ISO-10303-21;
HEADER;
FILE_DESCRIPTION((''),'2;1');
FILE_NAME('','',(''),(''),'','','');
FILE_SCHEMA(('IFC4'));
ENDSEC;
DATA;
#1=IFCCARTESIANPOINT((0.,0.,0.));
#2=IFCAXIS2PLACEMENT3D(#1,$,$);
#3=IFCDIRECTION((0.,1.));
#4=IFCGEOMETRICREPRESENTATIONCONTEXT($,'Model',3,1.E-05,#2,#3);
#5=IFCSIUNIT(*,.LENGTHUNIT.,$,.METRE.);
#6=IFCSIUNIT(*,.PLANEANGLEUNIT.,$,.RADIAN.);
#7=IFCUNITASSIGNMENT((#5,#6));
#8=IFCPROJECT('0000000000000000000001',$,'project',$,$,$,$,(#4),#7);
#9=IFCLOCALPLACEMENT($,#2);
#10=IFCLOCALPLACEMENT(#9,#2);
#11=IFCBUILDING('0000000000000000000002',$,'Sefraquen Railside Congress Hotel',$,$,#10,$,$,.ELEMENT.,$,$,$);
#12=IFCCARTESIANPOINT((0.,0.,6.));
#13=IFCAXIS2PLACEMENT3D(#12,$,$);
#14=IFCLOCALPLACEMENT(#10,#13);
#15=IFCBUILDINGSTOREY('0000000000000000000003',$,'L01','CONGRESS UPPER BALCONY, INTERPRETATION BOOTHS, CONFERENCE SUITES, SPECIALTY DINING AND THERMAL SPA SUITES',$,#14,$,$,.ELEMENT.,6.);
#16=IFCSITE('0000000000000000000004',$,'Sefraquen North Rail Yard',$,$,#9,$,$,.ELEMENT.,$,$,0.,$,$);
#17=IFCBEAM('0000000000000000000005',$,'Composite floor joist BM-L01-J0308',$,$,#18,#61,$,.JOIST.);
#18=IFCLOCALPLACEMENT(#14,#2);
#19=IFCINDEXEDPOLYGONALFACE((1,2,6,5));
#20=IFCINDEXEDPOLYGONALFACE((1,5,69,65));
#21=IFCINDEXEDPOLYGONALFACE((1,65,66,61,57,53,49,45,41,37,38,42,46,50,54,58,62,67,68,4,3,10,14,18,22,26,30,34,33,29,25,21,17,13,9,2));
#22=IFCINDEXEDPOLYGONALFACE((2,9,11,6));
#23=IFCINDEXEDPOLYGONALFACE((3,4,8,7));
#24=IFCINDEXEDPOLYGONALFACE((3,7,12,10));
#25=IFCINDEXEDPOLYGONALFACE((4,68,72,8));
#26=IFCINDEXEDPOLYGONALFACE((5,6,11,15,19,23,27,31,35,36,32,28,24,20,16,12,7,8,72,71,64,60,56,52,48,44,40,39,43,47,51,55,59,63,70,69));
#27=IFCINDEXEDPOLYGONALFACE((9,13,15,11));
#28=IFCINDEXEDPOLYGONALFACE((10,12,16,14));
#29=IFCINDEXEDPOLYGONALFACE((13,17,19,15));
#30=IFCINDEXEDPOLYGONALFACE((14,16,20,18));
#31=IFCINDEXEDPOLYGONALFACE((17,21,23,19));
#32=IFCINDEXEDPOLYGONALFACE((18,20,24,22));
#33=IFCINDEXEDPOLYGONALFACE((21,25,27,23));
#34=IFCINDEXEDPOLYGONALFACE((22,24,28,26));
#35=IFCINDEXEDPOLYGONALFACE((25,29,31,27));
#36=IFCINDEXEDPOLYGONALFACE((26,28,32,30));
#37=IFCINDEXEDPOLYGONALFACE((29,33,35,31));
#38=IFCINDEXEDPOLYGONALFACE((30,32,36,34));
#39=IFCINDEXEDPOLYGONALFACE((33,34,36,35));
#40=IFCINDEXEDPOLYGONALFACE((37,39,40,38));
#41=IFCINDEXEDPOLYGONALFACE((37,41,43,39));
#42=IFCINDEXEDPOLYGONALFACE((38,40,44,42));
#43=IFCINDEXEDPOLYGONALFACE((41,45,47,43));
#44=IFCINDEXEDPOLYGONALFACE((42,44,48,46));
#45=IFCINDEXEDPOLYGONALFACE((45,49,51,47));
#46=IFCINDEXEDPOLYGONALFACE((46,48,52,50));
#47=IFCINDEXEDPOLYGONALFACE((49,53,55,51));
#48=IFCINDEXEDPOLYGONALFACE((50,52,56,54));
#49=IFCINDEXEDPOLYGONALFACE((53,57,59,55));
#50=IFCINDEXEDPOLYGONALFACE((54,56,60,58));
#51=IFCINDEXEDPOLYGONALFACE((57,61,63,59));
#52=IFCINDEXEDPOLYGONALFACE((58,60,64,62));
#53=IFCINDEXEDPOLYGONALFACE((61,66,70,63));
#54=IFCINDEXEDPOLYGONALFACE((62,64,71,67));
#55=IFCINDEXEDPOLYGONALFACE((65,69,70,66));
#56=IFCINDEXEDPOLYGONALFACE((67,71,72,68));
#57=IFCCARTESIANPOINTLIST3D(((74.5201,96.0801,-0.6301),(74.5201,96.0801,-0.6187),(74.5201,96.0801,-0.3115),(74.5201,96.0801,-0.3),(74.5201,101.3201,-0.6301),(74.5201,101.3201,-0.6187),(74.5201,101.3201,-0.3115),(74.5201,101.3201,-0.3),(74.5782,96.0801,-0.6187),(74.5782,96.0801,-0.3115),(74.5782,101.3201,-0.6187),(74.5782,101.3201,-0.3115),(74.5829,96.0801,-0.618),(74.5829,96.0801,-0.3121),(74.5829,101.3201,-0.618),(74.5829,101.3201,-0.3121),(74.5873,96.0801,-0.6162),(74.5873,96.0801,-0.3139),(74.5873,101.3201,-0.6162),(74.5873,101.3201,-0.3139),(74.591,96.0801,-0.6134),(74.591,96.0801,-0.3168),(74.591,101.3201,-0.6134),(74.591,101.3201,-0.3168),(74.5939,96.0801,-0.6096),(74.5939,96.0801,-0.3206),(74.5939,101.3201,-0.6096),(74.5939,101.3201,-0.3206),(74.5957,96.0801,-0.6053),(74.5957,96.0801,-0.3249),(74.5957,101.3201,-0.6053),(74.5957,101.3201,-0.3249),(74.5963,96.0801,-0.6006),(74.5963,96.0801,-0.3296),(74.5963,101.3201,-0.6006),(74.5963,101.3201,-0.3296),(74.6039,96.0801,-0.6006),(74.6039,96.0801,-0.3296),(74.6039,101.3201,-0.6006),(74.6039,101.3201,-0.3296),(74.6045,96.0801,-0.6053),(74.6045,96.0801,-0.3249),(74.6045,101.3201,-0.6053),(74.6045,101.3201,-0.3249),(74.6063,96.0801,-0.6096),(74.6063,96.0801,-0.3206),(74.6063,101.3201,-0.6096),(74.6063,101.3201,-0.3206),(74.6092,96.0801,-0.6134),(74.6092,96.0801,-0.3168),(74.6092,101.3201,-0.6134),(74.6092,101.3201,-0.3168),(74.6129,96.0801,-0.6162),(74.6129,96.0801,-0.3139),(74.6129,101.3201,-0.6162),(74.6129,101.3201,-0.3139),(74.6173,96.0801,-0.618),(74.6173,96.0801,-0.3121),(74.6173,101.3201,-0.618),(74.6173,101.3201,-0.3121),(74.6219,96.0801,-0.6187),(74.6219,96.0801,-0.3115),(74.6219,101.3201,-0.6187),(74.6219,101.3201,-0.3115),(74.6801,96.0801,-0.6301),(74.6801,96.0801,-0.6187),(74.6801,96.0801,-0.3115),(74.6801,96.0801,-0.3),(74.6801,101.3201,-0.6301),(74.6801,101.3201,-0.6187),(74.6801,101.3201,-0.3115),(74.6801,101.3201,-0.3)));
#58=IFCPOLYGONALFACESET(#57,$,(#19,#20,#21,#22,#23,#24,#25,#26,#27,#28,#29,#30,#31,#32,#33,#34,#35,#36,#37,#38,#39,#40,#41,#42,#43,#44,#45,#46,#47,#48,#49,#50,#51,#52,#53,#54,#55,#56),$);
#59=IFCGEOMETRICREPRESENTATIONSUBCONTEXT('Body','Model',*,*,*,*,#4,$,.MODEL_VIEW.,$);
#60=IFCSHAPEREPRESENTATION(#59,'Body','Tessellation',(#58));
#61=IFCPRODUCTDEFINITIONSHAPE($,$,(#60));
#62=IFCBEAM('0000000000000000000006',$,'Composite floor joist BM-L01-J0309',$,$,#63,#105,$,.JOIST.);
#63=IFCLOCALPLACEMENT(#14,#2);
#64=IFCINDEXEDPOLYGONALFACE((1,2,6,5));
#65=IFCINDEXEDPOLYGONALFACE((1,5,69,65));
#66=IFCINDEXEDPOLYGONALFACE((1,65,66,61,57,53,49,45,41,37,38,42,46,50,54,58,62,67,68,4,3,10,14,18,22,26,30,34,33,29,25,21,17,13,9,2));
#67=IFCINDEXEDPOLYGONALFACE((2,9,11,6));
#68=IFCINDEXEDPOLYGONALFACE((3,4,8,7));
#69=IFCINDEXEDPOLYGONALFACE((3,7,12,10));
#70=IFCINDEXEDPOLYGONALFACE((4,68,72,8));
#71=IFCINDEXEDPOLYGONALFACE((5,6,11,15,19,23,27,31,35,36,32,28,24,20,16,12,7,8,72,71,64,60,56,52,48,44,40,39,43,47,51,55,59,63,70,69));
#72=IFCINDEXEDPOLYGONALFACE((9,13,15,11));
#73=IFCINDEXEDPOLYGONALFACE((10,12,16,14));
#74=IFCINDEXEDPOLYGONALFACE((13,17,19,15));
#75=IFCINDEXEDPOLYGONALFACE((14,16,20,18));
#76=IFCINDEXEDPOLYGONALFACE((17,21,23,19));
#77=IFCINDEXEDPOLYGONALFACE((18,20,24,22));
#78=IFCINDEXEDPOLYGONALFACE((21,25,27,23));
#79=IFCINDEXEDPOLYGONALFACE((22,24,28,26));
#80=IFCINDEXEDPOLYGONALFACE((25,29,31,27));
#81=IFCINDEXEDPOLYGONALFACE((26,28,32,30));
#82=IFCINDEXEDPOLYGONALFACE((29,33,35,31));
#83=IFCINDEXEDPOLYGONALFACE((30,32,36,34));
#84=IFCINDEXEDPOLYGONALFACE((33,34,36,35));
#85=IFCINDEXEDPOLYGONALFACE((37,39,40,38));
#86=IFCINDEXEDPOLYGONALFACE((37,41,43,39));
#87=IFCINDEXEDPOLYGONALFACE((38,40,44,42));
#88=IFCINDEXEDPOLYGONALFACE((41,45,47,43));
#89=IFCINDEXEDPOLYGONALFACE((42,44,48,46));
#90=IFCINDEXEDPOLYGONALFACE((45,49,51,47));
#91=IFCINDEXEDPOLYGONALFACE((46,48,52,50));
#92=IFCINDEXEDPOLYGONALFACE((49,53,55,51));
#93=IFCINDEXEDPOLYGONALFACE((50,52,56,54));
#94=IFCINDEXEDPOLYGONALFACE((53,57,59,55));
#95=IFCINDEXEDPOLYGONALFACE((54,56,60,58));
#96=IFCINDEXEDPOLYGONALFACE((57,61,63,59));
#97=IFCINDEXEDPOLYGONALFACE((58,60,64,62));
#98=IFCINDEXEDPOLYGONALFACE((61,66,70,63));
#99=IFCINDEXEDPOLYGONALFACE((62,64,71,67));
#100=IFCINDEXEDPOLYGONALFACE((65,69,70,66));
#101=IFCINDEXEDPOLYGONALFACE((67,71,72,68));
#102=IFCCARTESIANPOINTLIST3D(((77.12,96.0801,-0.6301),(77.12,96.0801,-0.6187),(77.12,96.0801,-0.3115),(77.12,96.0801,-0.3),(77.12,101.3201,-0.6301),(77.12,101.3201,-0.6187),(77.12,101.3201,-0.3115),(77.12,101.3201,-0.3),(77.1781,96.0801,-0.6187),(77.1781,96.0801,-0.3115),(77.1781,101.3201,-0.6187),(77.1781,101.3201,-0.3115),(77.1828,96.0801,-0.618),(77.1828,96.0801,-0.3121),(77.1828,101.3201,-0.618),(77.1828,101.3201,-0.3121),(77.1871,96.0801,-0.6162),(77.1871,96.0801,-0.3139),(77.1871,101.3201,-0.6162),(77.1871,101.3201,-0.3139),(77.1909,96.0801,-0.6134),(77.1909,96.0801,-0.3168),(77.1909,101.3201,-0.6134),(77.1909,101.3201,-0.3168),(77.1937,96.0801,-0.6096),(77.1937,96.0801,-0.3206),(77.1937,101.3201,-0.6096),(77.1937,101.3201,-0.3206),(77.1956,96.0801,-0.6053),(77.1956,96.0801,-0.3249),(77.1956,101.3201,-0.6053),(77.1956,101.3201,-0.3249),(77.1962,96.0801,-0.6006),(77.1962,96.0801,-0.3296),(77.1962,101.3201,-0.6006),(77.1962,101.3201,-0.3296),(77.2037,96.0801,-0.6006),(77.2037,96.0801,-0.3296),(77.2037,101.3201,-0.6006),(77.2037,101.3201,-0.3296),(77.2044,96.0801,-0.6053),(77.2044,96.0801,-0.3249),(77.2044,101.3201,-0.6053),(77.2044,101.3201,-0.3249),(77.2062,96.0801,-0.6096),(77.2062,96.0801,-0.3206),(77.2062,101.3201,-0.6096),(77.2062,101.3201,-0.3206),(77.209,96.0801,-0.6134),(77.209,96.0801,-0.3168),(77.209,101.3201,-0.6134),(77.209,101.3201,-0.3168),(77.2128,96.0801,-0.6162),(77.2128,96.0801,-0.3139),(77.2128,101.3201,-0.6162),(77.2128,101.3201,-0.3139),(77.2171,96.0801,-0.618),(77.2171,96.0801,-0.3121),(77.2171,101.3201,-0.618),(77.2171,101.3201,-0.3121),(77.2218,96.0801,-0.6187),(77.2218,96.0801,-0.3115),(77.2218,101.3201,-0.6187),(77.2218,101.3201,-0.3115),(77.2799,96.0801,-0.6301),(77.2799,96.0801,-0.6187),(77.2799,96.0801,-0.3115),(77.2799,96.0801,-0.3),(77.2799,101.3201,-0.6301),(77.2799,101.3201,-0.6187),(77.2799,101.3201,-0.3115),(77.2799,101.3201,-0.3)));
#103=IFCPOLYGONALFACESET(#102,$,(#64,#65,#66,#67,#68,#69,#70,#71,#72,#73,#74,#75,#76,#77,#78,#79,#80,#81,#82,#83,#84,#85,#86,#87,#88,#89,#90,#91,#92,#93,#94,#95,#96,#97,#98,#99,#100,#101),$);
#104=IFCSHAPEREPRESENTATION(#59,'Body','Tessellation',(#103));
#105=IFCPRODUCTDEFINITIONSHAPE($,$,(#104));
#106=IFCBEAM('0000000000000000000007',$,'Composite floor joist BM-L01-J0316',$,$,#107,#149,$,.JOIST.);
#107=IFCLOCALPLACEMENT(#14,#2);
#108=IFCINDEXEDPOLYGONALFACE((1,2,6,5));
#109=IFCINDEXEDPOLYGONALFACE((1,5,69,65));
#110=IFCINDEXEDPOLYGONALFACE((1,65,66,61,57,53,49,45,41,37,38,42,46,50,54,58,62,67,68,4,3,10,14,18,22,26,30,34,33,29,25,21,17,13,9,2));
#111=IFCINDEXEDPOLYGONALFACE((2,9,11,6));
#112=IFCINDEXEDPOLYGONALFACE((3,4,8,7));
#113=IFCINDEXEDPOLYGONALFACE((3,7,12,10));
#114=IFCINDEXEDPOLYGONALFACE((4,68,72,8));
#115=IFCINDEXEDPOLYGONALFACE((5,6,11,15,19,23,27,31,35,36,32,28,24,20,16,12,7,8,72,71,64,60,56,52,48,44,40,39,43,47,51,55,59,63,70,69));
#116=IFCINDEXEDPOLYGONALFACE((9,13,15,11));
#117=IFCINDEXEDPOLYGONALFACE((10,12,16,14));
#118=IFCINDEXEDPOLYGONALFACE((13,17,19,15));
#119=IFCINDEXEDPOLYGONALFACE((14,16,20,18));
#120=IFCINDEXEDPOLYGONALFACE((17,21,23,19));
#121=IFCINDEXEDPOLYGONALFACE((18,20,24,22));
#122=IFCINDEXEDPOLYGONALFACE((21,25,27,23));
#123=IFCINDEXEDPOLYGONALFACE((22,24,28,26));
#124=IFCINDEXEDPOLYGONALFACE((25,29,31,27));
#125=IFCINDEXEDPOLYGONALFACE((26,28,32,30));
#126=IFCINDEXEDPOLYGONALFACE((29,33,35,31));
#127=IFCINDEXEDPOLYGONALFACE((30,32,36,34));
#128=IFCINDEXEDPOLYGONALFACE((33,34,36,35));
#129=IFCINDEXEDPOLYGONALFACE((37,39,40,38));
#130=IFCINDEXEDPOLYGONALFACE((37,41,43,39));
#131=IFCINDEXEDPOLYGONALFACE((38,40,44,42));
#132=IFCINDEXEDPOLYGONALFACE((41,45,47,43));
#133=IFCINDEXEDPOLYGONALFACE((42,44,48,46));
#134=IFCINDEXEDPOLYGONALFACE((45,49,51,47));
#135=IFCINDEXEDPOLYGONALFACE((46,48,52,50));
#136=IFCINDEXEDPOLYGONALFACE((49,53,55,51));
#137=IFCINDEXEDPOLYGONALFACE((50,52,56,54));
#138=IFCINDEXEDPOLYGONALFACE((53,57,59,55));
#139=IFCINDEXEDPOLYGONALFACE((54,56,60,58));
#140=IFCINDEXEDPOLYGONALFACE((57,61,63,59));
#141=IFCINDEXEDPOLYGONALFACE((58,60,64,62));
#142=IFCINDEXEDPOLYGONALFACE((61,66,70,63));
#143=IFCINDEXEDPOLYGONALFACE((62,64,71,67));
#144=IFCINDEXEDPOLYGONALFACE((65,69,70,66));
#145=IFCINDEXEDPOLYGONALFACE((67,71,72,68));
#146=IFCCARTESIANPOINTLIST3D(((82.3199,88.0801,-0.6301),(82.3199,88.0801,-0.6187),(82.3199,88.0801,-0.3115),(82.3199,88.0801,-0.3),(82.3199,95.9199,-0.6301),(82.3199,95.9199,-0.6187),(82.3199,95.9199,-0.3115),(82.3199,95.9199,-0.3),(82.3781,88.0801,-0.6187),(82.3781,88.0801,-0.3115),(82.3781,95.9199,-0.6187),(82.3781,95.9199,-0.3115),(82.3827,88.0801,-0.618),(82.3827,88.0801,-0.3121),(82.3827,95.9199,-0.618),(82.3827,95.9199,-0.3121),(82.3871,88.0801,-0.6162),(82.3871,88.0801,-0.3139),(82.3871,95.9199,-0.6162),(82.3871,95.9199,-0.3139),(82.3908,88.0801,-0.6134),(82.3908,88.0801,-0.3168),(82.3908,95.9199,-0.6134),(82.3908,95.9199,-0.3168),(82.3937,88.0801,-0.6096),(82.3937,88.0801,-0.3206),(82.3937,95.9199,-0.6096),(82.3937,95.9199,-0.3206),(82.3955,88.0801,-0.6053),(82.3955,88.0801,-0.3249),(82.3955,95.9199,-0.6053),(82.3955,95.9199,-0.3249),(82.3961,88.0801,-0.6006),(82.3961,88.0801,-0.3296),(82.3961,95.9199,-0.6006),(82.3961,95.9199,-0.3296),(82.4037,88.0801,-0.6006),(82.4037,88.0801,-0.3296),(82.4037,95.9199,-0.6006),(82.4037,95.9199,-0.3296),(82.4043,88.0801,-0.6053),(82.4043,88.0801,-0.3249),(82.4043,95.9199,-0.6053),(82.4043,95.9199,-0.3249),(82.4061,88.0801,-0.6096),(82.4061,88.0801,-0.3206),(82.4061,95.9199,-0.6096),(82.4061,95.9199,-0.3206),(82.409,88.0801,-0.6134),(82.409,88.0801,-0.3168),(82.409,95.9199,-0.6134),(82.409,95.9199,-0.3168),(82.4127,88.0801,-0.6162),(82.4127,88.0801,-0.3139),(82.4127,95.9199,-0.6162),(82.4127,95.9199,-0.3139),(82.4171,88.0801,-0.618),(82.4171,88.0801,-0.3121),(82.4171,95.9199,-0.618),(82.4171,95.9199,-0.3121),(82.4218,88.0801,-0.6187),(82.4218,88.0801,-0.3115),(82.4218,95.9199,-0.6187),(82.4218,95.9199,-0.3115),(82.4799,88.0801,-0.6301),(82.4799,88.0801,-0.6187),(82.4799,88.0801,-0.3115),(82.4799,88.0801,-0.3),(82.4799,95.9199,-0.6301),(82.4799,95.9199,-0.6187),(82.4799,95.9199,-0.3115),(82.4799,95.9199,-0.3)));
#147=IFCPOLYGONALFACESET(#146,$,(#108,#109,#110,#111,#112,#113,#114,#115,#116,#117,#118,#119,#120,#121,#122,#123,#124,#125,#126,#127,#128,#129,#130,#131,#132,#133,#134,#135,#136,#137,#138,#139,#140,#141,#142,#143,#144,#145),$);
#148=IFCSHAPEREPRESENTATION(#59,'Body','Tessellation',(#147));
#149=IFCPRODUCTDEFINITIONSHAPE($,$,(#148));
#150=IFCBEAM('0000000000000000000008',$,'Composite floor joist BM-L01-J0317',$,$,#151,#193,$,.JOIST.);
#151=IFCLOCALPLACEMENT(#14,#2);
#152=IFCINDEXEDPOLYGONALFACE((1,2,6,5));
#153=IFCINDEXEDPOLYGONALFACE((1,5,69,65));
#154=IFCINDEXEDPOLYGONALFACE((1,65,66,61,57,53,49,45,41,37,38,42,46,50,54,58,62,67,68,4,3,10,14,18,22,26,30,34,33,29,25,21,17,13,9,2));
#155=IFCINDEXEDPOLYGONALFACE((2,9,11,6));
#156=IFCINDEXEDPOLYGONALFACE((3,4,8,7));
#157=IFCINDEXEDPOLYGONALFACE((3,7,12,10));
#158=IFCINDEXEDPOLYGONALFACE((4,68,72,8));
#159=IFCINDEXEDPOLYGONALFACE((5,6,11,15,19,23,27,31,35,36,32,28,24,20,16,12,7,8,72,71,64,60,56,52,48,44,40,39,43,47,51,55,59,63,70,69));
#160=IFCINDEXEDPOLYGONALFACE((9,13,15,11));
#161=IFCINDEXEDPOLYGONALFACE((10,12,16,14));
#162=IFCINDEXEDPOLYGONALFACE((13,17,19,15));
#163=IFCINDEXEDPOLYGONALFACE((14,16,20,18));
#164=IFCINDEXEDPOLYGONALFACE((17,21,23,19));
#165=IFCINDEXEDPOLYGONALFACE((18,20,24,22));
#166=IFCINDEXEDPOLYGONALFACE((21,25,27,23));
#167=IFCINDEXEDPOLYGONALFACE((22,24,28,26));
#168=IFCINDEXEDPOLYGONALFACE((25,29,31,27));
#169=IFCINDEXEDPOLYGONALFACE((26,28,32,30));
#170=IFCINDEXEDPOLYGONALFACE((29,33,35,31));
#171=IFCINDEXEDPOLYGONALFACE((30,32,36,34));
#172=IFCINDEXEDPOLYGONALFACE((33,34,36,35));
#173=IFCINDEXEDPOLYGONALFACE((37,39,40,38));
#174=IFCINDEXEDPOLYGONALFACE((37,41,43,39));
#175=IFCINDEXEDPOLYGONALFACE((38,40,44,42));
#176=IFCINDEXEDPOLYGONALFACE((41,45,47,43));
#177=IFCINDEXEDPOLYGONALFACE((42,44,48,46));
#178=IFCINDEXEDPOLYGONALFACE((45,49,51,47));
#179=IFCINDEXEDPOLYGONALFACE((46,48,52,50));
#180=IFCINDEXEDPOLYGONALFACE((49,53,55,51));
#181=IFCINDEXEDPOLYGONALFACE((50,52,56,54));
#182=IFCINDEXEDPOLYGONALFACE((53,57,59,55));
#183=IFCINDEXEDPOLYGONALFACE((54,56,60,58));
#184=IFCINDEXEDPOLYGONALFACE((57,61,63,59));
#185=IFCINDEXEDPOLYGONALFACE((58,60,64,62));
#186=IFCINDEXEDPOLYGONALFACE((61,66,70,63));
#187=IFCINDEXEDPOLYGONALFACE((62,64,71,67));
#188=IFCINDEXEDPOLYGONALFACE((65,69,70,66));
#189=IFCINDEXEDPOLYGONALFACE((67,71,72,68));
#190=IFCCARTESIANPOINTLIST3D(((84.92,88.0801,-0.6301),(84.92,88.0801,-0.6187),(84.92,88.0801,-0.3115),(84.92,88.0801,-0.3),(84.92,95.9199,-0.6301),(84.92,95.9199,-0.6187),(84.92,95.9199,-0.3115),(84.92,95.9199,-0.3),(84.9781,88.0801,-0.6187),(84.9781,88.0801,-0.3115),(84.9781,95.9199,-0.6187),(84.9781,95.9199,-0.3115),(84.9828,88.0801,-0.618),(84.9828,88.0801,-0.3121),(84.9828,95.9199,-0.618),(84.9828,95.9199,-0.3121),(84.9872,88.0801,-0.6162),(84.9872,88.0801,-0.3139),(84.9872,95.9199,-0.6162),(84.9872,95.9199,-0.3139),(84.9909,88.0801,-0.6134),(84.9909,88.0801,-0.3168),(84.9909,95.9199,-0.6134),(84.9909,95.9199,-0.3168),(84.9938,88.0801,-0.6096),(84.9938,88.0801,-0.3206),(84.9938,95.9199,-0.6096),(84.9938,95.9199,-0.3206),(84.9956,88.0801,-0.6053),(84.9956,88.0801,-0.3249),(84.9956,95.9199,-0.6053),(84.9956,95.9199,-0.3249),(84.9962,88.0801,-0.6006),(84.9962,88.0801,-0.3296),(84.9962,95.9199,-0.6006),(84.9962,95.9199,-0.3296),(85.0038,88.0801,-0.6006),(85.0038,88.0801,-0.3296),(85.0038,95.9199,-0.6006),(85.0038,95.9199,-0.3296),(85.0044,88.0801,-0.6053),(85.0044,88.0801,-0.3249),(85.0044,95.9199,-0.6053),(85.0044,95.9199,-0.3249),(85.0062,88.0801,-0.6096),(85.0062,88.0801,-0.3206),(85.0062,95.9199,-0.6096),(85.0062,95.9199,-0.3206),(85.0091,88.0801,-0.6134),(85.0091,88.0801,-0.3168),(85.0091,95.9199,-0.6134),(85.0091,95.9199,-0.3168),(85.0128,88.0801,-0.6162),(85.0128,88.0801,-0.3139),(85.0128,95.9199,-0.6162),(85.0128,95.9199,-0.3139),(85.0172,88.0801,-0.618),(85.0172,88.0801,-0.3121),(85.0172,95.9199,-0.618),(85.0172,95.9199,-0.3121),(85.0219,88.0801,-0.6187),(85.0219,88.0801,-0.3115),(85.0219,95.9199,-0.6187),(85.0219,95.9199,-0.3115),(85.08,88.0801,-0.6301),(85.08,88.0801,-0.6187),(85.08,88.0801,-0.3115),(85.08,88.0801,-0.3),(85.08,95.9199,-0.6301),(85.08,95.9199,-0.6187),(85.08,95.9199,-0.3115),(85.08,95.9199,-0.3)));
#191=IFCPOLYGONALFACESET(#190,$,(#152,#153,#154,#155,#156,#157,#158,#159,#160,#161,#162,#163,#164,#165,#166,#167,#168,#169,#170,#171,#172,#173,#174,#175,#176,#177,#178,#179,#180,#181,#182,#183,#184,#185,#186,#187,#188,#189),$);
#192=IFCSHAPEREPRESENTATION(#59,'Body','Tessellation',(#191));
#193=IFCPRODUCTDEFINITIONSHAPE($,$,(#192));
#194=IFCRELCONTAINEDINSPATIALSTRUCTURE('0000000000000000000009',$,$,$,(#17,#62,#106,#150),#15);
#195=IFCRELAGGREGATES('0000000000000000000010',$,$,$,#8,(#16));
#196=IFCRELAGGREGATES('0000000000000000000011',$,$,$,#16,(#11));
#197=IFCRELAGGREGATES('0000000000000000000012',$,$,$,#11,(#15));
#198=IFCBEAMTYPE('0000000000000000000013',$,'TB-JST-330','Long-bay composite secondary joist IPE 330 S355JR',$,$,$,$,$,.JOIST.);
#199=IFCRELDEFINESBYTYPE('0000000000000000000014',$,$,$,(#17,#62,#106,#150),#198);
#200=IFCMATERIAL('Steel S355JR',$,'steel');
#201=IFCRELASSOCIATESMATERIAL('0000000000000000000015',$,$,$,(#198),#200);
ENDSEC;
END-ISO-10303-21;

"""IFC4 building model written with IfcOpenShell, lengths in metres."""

from ifc_helpers import new_model, si_unit, direction, frame, origin, origin_2d, place, context, subcontext, project, spatial, i_section, extrude, material, material_profile, profile_set, type_object, element, save


model = new_model("IFC4")

# Units and contexts
model_context = context("Model", 3, precision=1e-05, world=origin(), true_north=direction((0.0, 1.0)))
body_context = subcontext(model_context, "Body", "Model", "MODEL_VIEW")
ifc_project = project(units=[si_unit("LENGTHUNIT", "METRE"), si_unit("PLANEANGLEUNIT", "RADIAN")], contexts=[model_context])

# Site, building, storey
site_placement = place(None, origin())
site = spatial("IfcSite", under=ifc_project, at=site_placement, Name="Sefraquen North Rail Yard", CompositionType="ELEMENT", RefElevation=0.0)
building_placement = place(site_placement, origin())
building = spatial("IfcBuilding", under=site, at=building_placement, Name="Sefraquen Railside Congress Hotel", CompositionType="ELEMENT")
storey_placement = place(building_placement, frame((0.0, 0.0, 6.0)))
storey = spatial("IfcBuildingStorey", under=building, at=storey_placement, Name="L01", Description="CONGRESS UPPER BALCONY, INTERPRETATION BOOTHS, CONFERENCE SUITES, SPECIALTY DINING AND THERMAL SPA SUITES", CompositionType="ELEMENT", Elevation=6.0)

# Shared definitions
ifc_material_1 = material(Name="Steel S355JR", Category="steel")

# Beams
ifc_material_profile_1 = material_profile(ifc_material_1, i_section(OverallWidth=0.1599, OverallDepth=0.3301, WebThickness=0.0076, FlangeThickness=0.0115, FilletRadius=0.0181, at=origin_2d()), Name="IPE 330")
ifc_profile_set_1 = profile_set([ifc_material_profile_1], Name="Steel S355JR")
beam_type_1 = type_object("IfcBeamType", Name="TB-JST-330", Description="Long-bay composite secondary joist IPE 330 S355JR", PredefinedType="JOIST", material=ifc_profile_set_1)
for number, where, z_axis, x_axis, name in (
    (1, (74.6001, 96.0801, -0.4651), (0.0, 1.0, 0.0), (-1.0, 0.0, 0.0), "Composite floor joist BM-L01-J0308"),
    (2, (77.2, 96.0801, -0.4651), (0.0, 1.0, 0.0), (-1.0, 0.0, 0.0), "Composite floor joist BM-L01-J0309"),
):
    element("IfcBeam", number, at=place(storey_placement, frame(where, z_axis=z_axis, x_axis=x_axis)), inside=storey, type_object=beam_type_1, Name=name, PredefinedType="JOIST", context=body_context, shape_type="SweptSolid", body=[
        extrude(i_section(OverallWidth=0.1599, OverallDepth=0.3301, WebThickness=0.0076, FlangeThickness=0.0115, FilletRadius=0.0181, at=origin_2d()), origin(), (0.0, 0.0, 1.0), 5.24),
    ])
for number, where, z_axis, x_axis, name in (
    (3, (82.3999, 88.0801, -0.4651), (0.0, 1.0, 0.0), (-1.0, 0.0, 0.0), "Composite floor joist BM-L01-J0316"),
    (4, (85.0, 88.0801, -0.4651), (0.0, 1.0, 0.0), (-1.0, 0.0, 0.0), "Composite floor joist BM-L01-J0317"),
):
    element("IfcBeam", number, at=place(storey_placement, frame(where, z_axis=z_axis, x_axis=x_axis)), inside=storey, type_object=beam_type_1, Name=name, PredefinedType="JOIST", context=body_context, shape_type="SweptSolid", body=[
        extrude(i_section(OverallWidth=0.1599, OverallDepth=0.3301, WebThickness=0.0076, FlangeThickness=0.0115, FilletRadius=0.0181, at=origin_2d()), origin(), (0.0, 0.0, 1.0), 7.8398),
    ])

save(model, "model.ifc")
